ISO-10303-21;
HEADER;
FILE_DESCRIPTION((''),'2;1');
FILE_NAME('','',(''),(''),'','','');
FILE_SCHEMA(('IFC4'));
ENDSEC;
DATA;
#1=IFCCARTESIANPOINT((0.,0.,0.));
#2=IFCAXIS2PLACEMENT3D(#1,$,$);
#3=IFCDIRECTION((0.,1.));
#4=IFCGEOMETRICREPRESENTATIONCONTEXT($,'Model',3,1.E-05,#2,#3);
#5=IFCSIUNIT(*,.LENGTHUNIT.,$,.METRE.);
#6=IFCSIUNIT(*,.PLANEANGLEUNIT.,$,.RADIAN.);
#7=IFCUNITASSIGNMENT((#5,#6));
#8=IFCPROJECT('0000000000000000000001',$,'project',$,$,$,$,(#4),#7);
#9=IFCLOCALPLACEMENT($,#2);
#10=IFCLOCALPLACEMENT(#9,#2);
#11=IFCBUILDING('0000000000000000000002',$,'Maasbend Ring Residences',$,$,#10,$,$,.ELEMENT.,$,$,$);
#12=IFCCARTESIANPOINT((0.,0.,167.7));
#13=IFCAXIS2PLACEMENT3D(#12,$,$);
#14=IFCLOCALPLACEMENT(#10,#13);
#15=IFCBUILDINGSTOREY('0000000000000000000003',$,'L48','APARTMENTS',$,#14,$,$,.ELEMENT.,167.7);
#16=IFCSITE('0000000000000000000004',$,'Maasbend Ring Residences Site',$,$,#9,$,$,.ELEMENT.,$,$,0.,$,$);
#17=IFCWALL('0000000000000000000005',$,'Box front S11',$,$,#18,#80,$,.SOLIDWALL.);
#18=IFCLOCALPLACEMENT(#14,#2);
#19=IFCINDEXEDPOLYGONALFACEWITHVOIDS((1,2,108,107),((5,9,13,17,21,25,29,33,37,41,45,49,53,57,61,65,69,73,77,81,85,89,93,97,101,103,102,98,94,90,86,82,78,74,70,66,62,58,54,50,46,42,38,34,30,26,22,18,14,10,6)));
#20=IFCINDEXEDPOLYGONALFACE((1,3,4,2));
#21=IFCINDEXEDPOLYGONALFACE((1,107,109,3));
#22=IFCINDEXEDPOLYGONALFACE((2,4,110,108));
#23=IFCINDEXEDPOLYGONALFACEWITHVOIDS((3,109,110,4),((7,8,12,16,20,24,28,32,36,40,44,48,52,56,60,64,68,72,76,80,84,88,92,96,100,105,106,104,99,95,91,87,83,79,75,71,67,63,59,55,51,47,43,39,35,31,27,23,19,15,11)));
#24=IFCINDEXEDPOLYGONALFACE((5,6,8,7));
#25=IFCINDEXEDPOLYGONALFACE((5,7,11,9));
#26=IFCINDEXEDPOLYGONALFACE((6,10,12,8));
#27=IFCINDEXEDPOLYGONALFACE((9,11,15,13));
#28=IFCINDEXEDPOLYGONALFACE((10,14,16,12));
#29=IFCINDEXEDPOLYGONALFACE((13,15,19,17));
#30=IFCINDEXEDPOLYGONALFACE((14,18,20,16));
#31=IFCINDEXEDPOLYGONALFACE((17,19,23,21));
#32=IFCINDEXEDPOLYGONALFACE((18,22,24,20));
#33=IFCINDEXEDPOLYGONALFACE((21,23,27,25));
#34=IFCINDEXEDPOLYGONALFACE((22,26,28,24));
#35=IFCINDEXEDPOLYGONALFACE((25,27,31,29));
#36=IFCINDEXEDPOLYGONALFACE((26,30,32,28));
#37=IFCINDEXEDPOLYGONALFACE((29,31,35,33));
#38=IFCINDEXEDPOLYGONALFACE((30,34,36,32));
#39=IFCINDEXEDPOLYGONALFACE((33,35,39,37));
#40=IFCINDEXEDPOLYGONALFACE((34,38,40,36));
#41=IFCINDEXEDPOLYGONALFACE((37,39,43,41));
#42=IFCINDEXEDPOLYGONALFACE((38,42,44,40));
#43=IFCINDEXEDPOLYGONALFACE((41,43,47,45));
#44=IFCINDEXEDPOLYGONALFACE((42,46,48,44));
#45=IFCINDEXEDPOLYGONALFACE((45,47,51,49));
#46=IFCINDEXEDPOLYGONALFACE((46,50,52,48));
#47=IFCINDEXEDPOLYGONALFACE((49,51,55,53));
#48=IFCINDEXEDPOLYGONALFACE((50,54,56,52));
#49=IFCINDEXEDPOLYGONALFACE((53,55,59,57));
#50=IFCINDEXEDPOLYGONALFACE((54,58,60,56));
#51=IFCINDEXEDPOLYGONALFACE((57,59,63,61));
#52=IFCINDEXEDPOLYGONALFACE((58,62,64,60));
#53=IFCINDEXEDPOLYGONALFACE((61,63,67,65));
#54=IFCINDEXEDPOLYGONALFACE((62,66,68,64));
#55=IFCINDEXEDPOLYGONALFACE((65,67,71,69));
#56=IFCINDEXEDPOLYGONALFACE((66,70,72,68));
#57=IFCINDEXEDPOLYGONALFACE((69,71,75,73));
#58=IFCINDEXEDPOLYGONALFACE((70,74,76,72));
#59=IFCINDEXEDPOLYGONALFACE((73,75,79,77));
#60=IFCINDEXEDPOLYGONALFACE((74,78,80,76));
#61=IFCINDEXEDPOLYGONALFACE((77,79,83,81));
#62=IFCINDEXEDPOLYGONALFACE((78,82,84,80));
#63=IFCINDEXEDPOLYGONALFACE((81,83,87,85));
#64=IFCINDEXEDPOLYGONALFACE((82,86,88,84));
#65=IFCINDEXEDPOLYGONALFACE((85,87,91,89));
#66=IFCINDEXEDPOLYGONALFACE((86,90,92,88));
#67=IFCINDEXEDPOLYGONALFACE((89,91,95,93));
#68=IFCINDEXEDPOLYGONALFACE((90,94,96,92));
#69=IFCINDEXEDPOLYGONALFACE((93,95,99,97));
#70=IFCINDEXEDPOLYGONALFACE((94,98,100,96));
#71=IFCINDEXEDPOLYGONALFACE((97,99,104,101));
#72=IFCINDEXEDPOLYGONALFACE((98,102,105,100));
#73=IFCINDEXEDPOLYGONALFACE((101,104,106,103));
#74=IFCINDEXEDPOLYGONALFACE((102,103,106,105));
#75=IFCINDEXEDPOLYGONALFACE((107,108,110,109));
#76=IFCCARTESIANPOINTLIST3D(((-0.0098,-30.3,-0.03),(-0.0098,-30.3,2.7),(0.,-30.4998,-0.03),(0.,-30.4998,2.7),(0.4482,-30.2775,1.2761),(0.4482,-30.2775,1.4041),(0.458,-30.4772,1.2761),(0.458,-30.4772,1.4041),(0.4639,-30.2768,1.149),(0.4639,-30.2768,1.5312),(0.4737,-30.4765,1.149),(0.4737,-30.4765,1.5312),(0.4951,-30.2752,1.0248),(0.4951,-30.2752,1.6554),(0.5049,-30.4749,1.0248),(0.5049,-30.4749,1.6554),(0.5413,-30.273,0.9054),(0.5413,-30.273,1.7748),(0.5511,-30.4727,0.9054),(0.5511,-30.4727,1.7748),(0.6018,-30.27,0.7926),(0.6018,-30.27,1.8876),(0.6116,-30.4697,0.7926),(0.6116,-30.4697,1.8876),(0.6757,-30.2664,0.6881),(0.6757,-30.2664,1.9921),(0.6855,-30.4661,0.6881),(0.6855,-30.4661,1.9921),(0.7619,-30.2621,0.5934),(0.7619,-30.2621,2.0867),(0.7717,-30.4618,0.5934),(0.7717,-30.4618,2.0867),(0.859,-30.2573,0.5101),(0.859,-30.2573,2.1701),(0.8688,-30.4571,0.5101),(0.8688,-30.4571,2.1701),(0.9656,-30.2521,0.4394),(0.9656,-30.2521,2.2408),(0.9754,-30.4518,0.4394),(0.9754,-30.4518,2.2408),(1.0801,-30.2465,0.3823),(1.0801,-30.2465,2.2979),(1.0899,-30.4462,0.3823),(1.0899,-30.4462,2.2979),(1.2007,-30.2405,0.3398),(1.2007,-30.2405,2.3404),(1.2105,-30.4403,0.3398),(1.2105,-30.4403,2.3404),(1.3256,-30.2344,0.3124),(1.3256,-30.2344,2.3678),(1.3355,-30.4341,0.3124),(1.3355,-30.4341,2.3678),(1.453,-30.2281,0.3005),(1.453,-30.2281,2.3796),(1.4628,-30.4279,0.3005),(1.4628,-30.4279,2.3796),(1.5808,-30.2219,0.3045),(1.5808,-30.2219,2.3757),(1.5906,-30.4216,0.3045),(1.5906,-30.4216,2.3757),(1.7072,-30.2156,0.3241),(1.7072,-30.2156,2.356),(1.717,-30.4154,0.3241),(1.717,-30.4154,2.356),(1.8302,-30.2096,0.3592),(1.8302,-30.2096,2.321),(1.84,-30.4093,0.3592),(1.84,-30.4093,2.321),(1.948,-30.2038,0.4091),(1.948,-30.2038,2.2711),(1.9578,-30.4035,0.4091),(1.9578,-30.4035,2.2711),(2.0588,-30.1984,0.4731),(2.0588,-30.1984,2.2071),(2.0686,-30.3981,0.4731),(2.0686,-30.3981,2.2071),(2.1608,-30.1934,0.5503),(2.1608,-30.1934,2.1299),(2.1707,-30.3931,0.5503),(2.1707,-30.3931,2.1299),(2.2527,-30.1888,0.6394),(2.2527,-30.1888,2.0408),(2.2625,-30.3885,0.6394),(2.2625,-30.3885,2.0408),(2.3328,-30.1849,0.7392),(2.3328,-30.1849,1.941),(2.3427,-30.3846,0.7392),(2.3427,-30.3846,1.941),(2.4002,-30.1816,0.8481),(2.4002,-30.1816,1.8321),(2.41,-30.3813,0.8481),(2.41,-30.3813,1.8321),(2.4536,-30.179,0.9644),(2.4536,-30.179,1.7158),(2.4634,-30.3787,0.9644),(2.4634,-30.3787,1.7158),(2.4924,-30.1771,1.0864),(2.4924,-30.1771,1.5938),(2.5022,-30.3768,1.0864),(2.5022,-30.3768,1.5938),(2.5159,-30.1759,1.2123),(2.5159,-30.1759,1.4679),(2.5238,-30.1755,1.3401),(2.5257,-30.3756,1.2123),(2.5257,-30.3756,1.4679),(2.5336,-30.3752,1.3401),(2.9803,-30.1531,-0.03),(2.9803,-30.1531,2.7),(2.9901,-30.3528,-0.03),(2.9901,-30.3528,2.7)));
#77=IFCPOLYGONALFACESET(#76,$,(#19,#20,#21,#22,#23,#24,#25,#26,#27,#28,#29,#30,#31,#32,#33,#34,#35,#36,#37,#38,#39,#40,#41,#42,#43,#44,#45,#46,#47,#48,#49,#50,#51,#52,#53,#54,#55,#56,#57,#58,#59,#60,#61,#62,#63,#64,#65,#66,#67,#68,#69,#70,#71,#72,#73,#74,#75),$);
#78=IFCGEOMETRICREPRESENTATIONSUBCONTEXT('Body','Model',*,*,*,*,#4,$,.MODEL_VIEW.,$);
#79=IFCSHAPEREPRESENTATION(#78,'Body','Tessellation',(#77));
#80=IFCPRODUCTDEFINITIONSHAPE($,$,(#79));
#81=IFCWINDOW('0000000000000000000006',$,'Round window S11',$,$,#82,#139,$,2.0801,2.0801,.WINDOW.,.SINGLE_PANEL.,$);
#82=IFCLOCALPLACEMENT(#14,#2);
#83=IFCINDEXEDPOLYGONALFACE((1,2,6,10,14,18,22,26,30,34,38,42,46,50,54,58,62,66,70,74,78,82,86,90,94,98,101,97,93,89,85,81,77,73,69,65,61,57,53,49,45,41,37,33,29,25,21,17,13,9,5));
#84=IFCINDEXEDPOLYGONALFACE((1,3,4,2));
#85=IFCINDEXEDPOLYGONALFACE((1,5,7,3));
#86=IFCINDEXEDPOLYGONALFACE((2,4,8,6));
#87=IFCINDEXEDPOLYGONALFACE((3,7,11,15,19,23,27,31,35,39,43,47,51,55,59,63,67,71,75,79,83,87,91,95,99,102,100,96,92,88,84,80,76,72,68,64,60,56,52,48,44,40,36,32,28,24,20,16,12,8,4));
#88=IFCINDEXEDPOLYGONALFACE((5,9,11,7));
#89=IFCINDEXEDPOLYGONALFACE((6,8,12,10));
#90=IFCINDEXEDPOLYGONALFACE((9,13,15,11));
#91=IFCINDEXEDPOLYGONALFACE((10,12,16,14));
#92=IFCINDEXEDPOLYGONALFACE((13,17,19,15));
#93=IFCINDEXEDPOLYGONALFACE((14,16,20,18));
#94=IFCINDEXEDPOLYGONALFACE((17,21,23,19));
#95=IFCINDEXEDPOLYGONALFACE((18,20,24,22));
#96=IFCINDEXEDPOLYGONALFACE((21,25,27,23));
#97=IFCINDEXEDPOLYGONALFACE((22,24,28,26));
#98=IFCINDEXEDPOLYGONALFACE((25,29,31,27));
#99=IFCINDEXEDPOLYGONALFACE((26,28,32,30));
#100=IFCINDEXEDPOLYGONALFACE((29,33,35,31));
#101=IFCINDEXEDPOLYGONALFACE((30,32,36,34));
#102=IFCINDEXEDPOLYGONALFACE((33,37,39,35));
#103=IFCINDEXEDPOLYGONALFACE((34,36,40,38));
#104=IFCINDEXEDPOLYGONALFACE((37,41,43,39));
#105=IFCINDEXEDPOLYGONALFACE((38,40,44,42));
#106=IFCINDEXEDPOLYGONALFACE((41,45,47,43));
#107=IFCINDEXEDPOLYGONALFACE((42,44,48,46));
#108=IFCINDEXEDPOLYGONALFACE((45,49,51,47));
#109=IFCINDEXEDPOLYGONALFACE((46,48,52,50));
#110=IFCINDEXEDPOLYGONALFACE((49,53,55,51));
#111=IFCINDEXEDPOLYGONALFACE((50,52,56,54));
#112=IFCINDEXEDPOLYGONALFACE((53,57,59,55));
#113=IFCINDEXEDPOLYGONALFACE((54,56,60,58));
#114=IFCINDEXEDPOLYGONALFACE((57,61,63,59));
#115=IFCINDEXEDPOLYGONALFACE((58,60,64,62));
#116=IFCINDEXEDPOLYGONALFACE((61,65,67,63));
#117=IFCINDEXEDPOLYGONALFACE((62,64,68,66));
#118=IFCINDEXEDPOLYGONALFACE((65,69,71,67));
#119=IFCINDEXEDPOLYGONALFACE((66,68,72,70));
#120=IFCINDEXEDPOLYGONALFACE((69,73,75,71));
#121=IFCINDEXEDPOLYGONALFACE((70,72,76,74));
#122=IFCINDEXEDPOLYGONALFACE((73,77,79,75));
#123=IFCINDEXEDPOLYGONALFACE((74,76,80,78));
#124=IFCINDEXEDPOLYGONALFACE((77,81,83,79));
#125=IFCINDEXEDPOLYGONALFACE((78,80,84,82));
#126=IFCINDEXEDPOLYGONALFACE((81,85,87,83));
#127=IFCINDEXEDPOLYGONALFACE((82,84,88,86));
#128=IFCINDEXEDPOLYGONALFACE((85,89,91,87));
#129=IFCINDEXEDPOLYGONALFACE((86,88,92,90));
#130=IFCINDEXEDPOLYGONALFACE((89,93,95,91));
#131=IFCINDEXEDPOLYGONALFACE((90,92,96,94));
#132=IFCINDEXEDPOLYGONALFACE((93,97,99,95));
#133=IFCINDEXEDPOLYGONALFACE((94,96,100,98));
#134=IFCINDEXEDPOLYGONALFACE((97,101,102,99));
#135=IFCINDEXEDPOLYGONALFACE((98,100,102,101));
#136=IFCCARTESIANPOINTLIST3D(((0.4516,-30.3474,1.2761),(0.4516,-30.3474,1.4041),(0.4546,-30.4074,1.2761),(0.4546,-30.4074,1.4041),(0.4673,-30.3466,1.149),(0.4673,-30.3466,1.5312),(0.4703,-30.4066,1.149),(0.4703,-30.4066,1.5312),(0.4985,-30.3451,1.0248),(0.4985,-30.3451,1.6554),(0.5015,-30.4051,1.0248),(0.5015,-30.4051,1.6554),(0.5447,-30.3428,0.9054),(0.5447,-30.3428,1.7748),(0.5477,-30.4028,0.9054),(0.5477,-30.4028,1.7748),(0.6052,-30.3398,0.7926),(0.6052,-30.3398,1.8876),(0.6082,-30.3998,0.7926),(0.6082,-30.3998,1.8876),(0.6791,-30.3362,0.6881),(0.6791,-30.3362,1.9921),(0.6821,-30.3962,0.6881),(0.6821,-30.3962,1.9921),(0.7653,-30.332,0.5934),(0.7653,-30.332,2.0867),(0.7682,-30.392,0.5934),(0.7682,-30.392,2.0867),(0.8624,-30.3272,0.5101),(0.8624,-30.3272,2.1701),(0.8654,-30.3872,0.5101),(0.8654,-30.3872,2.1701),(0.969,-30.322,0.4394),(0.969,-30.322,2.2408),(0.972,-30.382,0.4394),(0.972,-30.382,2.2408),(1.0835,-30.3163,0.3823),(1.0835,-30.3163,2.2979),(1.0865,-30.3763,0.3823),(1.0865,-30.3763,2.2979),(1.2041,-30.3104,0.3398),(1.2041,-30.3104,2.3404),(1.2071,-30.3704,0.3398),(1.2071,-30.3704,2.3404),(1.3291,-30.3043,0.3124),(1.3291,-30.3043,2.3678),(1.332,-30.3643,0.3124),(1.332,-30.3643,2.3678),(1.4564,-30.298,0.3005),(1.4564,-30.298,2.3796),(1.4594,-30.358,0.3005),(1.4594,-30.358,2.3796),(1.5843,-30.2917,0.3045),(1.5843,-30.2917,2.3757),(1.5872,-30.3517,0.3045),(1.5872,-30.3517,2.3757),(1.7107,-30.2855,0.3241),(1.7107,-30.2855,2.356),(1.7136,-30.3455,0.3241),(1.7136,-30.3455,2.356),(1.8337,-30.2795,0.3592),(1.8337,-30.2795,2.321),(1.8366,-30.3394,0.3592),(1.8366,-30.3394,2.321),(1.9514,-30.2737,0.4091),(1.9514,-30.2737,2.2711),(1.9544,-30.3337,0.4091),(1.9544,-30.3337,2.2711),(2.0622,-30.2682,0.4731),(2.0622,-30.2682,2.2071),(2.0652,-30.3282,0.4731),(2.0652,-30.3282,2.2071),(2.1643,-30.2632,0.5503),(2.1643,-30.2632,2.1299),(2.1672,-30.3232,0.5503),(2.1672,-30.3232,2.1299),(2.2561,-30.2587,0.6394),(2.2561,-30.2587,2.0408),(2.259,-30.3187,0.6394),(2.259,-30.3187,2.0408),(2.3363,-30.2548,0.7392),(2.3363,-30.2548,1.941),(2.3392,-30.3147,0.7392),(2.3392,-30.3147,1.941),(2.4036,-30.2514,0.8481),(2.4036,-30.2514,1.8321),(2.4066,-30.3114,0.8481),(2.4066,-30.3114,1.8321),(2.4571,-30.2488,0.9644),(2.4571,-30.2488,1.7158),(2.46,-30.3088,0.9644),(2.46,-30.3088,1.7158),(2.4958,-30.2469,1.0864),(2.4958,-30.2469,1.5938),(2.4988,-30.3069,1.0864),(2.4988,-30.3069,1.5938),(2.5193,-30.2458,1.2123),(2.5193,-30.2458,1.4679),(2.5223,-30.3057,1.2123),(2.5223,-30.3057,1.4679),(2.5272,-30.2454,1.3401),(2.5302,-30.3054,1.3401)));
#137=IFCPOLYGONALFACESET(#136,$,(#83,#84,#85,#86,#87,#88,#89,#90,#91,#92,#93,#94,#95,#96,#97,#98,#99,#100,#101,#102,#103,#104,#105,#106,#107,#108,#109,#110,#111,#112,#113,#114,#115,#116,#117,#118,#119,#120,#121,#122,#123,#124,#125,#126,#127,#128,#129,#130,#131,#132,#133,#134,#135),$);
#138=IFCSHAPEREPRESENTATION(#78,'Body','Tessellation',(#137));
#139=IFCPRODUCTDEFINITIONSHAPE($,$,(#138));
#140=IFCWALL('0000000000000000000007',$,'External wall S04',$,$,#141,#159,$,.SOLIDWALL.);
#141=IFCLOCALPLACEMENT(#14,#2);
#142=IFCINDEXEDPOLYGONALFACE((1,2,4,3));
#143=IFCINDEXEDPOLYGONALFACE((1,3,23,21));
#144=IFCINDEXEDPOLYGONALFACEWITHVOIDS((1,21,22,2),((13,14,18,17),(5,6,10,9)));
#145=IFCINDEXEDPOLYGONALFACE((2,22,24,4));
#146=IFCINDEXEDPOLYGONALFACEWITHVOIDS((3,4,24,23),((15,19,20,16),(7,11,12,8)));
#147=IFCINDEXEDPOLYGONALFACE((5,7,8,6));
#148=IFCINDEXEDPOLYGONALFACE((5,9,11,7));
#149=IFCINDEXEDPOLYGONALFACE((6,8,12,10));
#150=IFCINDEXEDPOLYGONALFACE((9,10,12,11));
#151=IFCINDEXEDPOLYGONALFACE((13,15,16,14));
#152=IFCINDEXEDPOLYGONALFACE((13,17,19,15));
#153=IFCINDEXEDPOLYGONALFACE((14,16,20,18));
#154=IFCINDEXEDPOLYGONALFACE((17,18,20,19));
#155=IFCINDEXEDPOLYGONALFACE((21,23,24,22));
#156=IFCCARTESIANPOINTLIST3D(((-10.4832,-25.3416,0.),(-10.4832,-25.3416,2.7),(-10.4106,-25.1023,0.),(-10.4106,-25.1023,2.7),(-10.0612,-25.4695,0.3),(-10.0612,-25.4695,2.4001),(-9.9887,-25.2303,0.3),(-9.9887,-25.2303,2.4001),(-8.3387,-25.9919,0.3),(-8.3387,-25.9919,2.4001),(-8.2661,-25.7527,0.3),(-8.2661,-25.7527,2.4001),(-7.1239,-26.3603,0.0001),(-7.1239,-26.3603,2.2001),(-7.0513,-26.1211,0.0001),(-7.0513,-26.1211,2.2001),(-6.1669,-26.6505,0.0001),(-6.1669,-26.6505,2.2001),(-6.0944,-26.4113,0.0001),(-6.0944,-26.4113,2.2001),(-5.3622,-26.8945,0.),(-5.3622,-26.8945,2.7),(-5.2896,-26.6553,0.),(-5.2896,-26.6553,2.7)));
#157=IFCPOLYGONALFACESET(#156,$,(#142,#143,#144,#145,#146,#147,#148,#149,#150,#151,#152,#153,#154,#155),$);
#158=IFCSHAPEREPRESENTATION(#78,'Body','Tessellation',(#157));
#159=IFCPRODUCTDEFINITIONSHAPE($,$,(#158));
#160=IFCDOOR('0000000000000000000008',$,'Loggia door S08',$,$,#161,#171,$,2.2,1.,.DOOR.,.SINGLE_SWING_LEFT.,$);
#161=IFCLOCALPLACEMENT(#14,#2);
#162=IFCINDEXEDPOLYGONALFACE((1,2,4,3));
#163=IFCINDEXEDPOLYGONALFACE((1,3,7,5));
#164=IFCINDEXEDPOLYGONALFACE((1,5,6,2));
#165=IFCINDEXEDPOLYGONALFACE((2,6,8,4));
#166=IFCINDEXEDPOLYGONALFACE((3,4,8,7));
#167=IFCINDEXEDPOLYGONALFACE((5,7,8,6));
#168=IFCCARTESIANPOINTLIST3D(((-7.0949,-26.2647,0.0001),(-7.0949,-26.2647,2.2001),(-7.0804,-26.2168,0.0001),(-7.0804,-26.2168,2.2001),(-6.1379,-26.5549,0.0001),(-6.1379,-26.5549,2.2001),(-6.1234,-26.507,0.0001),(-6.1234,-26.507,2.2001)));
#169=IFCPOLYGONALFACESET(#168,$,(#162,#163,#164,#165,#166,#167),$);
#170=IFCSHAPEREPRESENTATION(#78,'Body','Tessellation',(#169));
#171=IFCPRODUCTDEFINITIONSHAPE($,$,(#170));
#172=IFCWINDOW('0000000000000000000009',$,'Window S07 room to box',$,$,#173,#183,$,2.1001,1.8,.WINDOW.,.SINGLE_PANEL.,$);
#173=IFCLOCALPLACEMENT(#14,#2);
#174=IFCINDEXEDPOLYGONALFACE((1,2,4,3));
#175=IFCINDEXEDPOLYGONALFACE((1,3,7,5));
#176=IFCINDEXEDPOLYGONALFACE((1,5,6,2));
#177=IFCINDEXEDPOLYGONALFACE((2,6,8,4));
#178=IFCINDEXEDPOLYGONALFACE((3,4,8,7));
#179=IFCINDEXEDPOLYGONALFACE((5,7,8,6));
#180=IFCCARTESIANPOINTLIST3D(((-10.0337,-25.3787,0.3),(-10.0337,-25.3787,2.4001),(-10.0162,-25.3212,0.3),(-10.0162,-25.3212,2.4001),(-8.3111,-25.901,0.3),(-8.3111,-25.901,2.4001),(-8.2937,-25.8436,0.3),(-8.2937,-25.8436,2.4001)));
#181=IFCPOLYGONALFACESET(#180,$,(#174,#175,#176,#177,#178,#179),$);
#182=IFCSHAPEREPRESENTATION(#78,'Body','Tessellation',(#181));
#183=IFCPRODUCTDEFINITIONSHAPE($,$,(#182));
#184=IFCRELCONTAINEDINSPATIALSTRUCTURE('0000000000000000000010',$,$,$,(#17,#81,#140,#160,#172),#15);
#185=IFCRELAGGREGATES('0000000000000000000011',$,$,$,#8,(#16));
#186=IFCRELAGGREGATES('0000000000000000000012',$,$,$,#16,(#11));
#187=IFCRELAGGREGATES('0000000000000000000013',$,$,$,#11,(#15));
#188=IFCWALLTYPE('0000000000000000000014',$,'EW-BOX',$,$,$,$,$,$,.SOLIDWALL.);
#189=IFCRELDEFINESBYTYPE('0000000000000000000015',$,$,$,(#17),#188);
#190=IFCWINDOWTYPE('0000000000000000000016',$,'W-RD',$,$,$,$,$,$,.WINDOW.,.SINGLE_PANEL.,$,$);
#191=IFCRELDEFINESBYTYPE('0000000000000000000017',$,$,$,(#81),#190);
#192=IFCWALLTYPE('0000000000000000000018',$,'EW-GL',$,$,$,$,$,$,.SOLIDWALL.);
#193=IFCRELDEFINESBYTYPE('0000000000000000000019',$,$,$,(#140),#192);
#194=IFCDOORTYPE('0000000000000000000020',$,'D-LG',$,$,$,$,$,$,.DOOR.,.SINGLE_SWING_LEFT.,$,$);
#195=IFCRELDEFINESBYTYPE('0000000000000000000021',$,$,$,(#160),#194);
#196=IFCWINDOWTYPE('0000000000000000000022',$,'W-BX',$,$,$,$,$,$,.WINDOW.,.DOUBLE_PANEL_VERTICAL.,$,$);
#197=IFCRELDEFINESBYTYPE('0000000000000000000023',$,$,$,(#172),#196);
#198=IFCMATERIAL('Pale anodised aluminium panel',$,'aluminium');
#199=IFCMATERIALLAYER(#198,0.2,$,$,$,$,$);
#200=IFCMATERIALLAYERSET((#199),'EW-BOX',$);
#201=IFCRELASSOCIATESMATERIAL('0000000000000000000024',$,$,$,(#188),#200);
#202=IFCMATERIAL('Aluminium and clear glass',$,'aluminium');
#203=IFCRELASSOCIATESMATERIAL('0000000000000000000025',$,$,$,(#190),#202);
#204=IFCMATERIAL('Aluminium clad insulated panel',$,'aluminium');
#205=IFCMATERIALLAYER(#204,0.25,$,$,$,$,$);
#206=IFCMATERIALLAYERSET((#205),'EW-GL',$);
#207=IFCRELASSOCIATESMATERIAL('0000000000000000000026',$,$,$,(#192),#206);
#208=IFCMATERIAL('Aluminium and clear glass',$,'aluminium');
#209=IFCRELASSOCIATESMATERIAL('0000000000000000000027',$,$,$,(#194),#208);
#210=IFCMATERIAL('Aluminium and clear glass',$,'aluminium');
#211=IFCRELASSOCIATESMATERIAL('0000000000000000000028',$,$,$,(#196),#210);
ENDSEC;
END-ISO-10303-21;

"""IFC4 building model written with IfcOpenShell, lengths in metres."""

from ifc_helpers import new_model, si_unit, direction, frame, frame_2d, origin, place, context, subcontext, project, spatial, rectangle, circle, extrude, material, layer, layer_set, type_object, element, fill, save


model = new_model("IFC4")

# Units and contexts
model_context = context("Model", 3, precision=1e-05, world=origin(), true_north=direction((0.0, 1.0)))
body_context = subcontext(model_context, "Body", "Model", "MODEL_VIEW")
ifc_project = project(units=[si_unit("LENGTHUNIT", "METRE"), si_unit("PLANEANGLEUNIT", "RADIAN")], contexts=[model_context])

# Site, building, storey
site_placement = place(None, origin())
site = spatial("IfcSite", under=ifc_project, at=site_placement, Name="Maasbend Ring Residences Site", CompositionType="ELEMENT", RefElevation=0.0)
building_placement = place(site_placement, origin())
building = spatial("IfcBuilding", under=site, at=building_placement, Name="Maasbend Ring Residences", CompositionType="ELEMENT")
storey_placement = place(building_placement, frame((0.0, 0.0, 167.7)))
storey = spatial("IfcBuildingStorey", under=building, at=storey_placement, Name="L48", Description="APARTMENTS", CompositionType="ELEMENT", Elevation=167.7)

# Shared definitions
ifc_material_1 = material(Name="Pale anodised aluminium panel", Category="aluminium")
ifc_layer_1 = layer(ifc_material_1, 0.2)
ifc_layer_set_1 = layer_set([ifc_layer_1], Name="EW-BOX")
wall_type_1 = type_object("IfcWallType", Name="EW-BOX", PredefinedType="SOLIDWALL", material=ifc_layer_set_1)

# Shared definitions
ifc_material_2 = material(Name="Aluminium and clear glass", Category="aluminium")
window_type_1 = type_object("IfcWindowType", Name="W-RD", PartitioningType="SINGLE_PANEL", PredefinedType="WINDOW", material=ifc_material_2)

# Wall, opening, window
wall_1_placement = place(storey_placement, frame((-0.0049, -30.3999, -0.03), z_axis=(0.0, 0.0, 1.0), x_axis=(0.998794, 0.049096, 0.0)))
wall_1 = element("IfcWall", 1, at=wall_1_placement, inside=storey, type_object=wall_type_1, Name="Box front S11", PredefinedType="SOLIDWALL", context=body_context, shape_type="SweptSolid", body=[
    extrude(rectangle(XDim=2.9937, YDim=0.2, at=frame_2d((1.4968, 0.0))), origin(), (0.0, 0.0, 1.0), 2.73),
])
opening_1_placement = place(wall_1_placement, frame((0.4565, 0.0, 0.3301)))
opening_1 = element("IfcOpeningElement", 2, at=opening_1_placement, cuts=wall_1, PredefinedType="OPENING", context=body_context, shape_type="SweptSolid", body=[
    extrude(circle(Radius=1.04, at=frame_2d((1.04, 1.04))), frame((0.0, 0.1099, 0.0), z_axis=(0.0, -1.0, 0.0), x_axis=(1.0, 0.0, 0.0)), (0.0, 0.0, 1.0), 0.22),
])
window_1_placement = place(opening_1_placement, origin())
window_1 = element("IfcWindow", 3, at=window_1_placement, inside=storey, type_object=window_type_1, Name="Round window S11", OverallHeight=2.0801, OverallWidth=2.0801, PartitioningType="SINGLE_PANEL", PredefinedType="WINDOW", context=body_context, shape_type="SweptSolid", body=[
    extrude(circle(Radius=1.04, at=frame_2d((1.04, 1.04))), frame((0.0, 0.03, 0.0), z_axis=(0.0, -1.0, 0.0), x_axis=(1.0, 0.0, 0.0)), (0.0, 0.0, 1.0), 0.0601),
])
fill(opening_1, window_1)

# Wall, openings, door, window
ifc_material_3 = material(Name="Aluminium clad insulated panel", Category="aluminium")
ifc_layer_2 = layer(ifc_material_3, 0.25)
ifc_layer_set_2 = layer_set([ifc_layer_2], Name="EW-GL")
wall_type_2 = type_object("IfcWallType", Name="EW-GL", PredefinedType="SOLIDWALL", material=ifc_layer_set_2)
wall_2_placement = place(storey_placement, frame((-10.447, -25.2219, 0.0), z_axis=(0.0, 0.0, 1.0), x_axis=(0.956966, -0.290201, 0.0)))
wall_2 = element("IfcWall", 4, at=wall_2_placement, inside=storey, type_object=wall_type_2, Name="External wall S04", PredefinedType="SOLIDWALL", context=body_context, shape_type="SweptSolid", body=[
    extrude(rectangle(XDim=5.3513, YDim=0.25, at=frame_2d((2.6758, 0.0))), origin(), (0.0, 0.0, 1.0), 2.7),
])
opening_2_placement = place(wall_2_placement, frame((0.4412, 0.0, 0.3)))
opening_2 = element("IfcOpeningElement", 5, at=opening_2_placement, cuts=wall_2, PredefinedType="OPENING", context=body_context, shape_type="SweptSolid", body=[
    extrude(rectangle(XDim=1.8, YDim=2.1001, at=frame_2d((0.8999, 1.05))), frame((0.0, 0.135, 0.0), z_axis=(0.0, -1.0, 0.0), x_axis=(1.0, 0.0, 0.0)), (0.0, 0.0, 1.0), 0.27),
])
opening_3_placement = place(wall_2_placement, frame((3.5105, 0.0, 0.0)))
opening_3 = element("IfcOpeningElement", 6, at=opening_3_placement, cuts=wall_2, PredefinedType="OPENING", context=body_context, shape_type="SweptSolid", body=[
    extrude(rectangle(XDim=1.0, YDim=2.2, at=frame_2d((0.5, 1.1001))), frame((0.0, 0.135, 0.0), z_axis=(0.0, -1.0, 0.0), x_axis=(1.0, 0.0, 0.0)), (0.0, 0.0, 1.0), 0.27),
])
ifc_material_4 = material(Name="Aluminium and clear glass", Category="aluminium")
door_type_1 = type_object("IfcDoorType", Name="D-LG", OperationType="SINGLE_SWING_LEFT", PredefinedType="DOOR", material=ifc_material_4)
door_1_placement = place(opening_3_placement, origin())
door_1 = element("IfcDoor", 7, at=door_1_placement, inside=storey, type_object=door_type_1, Name="Loggia door S08", OperationType="SINGLE_SWING_LEFT", OverallHeight=2.2, OverallWidth=1.0, PredefinedType="DOOR", context=body_context, shape_type="SweptSolid", body=[
    extrude(rectangle(XDim=1.0, YDim=2.2, at=frame_2d((0.5, 1.1001))), frame((0.0, 0.0249, 0.0), z_axis=(0.0, -1.0, 0.0), x_axis=(1.0, 0.0, 0.0)), (0.0, 0.0, 1.0), 0.05),
])
fill(opening_3, door_1)
ifc_material_5 = material(Name="Aluminium and clear glass", Category="aluminium")
window_type_2 = type_object("IfcWindowType", Name="W-BX", PartitioningType="DOUBLE_PANEL_VERTICAL", PredefinedType="WINDOW", material=ifc_material_5)
window_2_placement = place(opening_2_placement, origin())
window_2 = element("IfcWindow", 8, at=window_2_placement, inside=storey, type_object=window_type_2, Name="Window S07 room to box", OverallHeight=2.1001, OverallWidth=1.8, PartitioningType="SINGLE_PANEL", PredefinedType="WINDOW", context=body_context, shape_type="SweptSolid", body=[
    extrude(rectangle(XDim=1.8, YDim=2.1001, at=frame_2d((0.8999, 1.05))), frame((0.0, 0.03, 0.0), z_axis=(0.0, -1.0, 0.0), x_axis=(1.0, 0.0, 0.0)), (0.0, 0.0, 1.0), 0.0601),
])
fill(opening_2, window_2)

save(model, "model.ifc")
